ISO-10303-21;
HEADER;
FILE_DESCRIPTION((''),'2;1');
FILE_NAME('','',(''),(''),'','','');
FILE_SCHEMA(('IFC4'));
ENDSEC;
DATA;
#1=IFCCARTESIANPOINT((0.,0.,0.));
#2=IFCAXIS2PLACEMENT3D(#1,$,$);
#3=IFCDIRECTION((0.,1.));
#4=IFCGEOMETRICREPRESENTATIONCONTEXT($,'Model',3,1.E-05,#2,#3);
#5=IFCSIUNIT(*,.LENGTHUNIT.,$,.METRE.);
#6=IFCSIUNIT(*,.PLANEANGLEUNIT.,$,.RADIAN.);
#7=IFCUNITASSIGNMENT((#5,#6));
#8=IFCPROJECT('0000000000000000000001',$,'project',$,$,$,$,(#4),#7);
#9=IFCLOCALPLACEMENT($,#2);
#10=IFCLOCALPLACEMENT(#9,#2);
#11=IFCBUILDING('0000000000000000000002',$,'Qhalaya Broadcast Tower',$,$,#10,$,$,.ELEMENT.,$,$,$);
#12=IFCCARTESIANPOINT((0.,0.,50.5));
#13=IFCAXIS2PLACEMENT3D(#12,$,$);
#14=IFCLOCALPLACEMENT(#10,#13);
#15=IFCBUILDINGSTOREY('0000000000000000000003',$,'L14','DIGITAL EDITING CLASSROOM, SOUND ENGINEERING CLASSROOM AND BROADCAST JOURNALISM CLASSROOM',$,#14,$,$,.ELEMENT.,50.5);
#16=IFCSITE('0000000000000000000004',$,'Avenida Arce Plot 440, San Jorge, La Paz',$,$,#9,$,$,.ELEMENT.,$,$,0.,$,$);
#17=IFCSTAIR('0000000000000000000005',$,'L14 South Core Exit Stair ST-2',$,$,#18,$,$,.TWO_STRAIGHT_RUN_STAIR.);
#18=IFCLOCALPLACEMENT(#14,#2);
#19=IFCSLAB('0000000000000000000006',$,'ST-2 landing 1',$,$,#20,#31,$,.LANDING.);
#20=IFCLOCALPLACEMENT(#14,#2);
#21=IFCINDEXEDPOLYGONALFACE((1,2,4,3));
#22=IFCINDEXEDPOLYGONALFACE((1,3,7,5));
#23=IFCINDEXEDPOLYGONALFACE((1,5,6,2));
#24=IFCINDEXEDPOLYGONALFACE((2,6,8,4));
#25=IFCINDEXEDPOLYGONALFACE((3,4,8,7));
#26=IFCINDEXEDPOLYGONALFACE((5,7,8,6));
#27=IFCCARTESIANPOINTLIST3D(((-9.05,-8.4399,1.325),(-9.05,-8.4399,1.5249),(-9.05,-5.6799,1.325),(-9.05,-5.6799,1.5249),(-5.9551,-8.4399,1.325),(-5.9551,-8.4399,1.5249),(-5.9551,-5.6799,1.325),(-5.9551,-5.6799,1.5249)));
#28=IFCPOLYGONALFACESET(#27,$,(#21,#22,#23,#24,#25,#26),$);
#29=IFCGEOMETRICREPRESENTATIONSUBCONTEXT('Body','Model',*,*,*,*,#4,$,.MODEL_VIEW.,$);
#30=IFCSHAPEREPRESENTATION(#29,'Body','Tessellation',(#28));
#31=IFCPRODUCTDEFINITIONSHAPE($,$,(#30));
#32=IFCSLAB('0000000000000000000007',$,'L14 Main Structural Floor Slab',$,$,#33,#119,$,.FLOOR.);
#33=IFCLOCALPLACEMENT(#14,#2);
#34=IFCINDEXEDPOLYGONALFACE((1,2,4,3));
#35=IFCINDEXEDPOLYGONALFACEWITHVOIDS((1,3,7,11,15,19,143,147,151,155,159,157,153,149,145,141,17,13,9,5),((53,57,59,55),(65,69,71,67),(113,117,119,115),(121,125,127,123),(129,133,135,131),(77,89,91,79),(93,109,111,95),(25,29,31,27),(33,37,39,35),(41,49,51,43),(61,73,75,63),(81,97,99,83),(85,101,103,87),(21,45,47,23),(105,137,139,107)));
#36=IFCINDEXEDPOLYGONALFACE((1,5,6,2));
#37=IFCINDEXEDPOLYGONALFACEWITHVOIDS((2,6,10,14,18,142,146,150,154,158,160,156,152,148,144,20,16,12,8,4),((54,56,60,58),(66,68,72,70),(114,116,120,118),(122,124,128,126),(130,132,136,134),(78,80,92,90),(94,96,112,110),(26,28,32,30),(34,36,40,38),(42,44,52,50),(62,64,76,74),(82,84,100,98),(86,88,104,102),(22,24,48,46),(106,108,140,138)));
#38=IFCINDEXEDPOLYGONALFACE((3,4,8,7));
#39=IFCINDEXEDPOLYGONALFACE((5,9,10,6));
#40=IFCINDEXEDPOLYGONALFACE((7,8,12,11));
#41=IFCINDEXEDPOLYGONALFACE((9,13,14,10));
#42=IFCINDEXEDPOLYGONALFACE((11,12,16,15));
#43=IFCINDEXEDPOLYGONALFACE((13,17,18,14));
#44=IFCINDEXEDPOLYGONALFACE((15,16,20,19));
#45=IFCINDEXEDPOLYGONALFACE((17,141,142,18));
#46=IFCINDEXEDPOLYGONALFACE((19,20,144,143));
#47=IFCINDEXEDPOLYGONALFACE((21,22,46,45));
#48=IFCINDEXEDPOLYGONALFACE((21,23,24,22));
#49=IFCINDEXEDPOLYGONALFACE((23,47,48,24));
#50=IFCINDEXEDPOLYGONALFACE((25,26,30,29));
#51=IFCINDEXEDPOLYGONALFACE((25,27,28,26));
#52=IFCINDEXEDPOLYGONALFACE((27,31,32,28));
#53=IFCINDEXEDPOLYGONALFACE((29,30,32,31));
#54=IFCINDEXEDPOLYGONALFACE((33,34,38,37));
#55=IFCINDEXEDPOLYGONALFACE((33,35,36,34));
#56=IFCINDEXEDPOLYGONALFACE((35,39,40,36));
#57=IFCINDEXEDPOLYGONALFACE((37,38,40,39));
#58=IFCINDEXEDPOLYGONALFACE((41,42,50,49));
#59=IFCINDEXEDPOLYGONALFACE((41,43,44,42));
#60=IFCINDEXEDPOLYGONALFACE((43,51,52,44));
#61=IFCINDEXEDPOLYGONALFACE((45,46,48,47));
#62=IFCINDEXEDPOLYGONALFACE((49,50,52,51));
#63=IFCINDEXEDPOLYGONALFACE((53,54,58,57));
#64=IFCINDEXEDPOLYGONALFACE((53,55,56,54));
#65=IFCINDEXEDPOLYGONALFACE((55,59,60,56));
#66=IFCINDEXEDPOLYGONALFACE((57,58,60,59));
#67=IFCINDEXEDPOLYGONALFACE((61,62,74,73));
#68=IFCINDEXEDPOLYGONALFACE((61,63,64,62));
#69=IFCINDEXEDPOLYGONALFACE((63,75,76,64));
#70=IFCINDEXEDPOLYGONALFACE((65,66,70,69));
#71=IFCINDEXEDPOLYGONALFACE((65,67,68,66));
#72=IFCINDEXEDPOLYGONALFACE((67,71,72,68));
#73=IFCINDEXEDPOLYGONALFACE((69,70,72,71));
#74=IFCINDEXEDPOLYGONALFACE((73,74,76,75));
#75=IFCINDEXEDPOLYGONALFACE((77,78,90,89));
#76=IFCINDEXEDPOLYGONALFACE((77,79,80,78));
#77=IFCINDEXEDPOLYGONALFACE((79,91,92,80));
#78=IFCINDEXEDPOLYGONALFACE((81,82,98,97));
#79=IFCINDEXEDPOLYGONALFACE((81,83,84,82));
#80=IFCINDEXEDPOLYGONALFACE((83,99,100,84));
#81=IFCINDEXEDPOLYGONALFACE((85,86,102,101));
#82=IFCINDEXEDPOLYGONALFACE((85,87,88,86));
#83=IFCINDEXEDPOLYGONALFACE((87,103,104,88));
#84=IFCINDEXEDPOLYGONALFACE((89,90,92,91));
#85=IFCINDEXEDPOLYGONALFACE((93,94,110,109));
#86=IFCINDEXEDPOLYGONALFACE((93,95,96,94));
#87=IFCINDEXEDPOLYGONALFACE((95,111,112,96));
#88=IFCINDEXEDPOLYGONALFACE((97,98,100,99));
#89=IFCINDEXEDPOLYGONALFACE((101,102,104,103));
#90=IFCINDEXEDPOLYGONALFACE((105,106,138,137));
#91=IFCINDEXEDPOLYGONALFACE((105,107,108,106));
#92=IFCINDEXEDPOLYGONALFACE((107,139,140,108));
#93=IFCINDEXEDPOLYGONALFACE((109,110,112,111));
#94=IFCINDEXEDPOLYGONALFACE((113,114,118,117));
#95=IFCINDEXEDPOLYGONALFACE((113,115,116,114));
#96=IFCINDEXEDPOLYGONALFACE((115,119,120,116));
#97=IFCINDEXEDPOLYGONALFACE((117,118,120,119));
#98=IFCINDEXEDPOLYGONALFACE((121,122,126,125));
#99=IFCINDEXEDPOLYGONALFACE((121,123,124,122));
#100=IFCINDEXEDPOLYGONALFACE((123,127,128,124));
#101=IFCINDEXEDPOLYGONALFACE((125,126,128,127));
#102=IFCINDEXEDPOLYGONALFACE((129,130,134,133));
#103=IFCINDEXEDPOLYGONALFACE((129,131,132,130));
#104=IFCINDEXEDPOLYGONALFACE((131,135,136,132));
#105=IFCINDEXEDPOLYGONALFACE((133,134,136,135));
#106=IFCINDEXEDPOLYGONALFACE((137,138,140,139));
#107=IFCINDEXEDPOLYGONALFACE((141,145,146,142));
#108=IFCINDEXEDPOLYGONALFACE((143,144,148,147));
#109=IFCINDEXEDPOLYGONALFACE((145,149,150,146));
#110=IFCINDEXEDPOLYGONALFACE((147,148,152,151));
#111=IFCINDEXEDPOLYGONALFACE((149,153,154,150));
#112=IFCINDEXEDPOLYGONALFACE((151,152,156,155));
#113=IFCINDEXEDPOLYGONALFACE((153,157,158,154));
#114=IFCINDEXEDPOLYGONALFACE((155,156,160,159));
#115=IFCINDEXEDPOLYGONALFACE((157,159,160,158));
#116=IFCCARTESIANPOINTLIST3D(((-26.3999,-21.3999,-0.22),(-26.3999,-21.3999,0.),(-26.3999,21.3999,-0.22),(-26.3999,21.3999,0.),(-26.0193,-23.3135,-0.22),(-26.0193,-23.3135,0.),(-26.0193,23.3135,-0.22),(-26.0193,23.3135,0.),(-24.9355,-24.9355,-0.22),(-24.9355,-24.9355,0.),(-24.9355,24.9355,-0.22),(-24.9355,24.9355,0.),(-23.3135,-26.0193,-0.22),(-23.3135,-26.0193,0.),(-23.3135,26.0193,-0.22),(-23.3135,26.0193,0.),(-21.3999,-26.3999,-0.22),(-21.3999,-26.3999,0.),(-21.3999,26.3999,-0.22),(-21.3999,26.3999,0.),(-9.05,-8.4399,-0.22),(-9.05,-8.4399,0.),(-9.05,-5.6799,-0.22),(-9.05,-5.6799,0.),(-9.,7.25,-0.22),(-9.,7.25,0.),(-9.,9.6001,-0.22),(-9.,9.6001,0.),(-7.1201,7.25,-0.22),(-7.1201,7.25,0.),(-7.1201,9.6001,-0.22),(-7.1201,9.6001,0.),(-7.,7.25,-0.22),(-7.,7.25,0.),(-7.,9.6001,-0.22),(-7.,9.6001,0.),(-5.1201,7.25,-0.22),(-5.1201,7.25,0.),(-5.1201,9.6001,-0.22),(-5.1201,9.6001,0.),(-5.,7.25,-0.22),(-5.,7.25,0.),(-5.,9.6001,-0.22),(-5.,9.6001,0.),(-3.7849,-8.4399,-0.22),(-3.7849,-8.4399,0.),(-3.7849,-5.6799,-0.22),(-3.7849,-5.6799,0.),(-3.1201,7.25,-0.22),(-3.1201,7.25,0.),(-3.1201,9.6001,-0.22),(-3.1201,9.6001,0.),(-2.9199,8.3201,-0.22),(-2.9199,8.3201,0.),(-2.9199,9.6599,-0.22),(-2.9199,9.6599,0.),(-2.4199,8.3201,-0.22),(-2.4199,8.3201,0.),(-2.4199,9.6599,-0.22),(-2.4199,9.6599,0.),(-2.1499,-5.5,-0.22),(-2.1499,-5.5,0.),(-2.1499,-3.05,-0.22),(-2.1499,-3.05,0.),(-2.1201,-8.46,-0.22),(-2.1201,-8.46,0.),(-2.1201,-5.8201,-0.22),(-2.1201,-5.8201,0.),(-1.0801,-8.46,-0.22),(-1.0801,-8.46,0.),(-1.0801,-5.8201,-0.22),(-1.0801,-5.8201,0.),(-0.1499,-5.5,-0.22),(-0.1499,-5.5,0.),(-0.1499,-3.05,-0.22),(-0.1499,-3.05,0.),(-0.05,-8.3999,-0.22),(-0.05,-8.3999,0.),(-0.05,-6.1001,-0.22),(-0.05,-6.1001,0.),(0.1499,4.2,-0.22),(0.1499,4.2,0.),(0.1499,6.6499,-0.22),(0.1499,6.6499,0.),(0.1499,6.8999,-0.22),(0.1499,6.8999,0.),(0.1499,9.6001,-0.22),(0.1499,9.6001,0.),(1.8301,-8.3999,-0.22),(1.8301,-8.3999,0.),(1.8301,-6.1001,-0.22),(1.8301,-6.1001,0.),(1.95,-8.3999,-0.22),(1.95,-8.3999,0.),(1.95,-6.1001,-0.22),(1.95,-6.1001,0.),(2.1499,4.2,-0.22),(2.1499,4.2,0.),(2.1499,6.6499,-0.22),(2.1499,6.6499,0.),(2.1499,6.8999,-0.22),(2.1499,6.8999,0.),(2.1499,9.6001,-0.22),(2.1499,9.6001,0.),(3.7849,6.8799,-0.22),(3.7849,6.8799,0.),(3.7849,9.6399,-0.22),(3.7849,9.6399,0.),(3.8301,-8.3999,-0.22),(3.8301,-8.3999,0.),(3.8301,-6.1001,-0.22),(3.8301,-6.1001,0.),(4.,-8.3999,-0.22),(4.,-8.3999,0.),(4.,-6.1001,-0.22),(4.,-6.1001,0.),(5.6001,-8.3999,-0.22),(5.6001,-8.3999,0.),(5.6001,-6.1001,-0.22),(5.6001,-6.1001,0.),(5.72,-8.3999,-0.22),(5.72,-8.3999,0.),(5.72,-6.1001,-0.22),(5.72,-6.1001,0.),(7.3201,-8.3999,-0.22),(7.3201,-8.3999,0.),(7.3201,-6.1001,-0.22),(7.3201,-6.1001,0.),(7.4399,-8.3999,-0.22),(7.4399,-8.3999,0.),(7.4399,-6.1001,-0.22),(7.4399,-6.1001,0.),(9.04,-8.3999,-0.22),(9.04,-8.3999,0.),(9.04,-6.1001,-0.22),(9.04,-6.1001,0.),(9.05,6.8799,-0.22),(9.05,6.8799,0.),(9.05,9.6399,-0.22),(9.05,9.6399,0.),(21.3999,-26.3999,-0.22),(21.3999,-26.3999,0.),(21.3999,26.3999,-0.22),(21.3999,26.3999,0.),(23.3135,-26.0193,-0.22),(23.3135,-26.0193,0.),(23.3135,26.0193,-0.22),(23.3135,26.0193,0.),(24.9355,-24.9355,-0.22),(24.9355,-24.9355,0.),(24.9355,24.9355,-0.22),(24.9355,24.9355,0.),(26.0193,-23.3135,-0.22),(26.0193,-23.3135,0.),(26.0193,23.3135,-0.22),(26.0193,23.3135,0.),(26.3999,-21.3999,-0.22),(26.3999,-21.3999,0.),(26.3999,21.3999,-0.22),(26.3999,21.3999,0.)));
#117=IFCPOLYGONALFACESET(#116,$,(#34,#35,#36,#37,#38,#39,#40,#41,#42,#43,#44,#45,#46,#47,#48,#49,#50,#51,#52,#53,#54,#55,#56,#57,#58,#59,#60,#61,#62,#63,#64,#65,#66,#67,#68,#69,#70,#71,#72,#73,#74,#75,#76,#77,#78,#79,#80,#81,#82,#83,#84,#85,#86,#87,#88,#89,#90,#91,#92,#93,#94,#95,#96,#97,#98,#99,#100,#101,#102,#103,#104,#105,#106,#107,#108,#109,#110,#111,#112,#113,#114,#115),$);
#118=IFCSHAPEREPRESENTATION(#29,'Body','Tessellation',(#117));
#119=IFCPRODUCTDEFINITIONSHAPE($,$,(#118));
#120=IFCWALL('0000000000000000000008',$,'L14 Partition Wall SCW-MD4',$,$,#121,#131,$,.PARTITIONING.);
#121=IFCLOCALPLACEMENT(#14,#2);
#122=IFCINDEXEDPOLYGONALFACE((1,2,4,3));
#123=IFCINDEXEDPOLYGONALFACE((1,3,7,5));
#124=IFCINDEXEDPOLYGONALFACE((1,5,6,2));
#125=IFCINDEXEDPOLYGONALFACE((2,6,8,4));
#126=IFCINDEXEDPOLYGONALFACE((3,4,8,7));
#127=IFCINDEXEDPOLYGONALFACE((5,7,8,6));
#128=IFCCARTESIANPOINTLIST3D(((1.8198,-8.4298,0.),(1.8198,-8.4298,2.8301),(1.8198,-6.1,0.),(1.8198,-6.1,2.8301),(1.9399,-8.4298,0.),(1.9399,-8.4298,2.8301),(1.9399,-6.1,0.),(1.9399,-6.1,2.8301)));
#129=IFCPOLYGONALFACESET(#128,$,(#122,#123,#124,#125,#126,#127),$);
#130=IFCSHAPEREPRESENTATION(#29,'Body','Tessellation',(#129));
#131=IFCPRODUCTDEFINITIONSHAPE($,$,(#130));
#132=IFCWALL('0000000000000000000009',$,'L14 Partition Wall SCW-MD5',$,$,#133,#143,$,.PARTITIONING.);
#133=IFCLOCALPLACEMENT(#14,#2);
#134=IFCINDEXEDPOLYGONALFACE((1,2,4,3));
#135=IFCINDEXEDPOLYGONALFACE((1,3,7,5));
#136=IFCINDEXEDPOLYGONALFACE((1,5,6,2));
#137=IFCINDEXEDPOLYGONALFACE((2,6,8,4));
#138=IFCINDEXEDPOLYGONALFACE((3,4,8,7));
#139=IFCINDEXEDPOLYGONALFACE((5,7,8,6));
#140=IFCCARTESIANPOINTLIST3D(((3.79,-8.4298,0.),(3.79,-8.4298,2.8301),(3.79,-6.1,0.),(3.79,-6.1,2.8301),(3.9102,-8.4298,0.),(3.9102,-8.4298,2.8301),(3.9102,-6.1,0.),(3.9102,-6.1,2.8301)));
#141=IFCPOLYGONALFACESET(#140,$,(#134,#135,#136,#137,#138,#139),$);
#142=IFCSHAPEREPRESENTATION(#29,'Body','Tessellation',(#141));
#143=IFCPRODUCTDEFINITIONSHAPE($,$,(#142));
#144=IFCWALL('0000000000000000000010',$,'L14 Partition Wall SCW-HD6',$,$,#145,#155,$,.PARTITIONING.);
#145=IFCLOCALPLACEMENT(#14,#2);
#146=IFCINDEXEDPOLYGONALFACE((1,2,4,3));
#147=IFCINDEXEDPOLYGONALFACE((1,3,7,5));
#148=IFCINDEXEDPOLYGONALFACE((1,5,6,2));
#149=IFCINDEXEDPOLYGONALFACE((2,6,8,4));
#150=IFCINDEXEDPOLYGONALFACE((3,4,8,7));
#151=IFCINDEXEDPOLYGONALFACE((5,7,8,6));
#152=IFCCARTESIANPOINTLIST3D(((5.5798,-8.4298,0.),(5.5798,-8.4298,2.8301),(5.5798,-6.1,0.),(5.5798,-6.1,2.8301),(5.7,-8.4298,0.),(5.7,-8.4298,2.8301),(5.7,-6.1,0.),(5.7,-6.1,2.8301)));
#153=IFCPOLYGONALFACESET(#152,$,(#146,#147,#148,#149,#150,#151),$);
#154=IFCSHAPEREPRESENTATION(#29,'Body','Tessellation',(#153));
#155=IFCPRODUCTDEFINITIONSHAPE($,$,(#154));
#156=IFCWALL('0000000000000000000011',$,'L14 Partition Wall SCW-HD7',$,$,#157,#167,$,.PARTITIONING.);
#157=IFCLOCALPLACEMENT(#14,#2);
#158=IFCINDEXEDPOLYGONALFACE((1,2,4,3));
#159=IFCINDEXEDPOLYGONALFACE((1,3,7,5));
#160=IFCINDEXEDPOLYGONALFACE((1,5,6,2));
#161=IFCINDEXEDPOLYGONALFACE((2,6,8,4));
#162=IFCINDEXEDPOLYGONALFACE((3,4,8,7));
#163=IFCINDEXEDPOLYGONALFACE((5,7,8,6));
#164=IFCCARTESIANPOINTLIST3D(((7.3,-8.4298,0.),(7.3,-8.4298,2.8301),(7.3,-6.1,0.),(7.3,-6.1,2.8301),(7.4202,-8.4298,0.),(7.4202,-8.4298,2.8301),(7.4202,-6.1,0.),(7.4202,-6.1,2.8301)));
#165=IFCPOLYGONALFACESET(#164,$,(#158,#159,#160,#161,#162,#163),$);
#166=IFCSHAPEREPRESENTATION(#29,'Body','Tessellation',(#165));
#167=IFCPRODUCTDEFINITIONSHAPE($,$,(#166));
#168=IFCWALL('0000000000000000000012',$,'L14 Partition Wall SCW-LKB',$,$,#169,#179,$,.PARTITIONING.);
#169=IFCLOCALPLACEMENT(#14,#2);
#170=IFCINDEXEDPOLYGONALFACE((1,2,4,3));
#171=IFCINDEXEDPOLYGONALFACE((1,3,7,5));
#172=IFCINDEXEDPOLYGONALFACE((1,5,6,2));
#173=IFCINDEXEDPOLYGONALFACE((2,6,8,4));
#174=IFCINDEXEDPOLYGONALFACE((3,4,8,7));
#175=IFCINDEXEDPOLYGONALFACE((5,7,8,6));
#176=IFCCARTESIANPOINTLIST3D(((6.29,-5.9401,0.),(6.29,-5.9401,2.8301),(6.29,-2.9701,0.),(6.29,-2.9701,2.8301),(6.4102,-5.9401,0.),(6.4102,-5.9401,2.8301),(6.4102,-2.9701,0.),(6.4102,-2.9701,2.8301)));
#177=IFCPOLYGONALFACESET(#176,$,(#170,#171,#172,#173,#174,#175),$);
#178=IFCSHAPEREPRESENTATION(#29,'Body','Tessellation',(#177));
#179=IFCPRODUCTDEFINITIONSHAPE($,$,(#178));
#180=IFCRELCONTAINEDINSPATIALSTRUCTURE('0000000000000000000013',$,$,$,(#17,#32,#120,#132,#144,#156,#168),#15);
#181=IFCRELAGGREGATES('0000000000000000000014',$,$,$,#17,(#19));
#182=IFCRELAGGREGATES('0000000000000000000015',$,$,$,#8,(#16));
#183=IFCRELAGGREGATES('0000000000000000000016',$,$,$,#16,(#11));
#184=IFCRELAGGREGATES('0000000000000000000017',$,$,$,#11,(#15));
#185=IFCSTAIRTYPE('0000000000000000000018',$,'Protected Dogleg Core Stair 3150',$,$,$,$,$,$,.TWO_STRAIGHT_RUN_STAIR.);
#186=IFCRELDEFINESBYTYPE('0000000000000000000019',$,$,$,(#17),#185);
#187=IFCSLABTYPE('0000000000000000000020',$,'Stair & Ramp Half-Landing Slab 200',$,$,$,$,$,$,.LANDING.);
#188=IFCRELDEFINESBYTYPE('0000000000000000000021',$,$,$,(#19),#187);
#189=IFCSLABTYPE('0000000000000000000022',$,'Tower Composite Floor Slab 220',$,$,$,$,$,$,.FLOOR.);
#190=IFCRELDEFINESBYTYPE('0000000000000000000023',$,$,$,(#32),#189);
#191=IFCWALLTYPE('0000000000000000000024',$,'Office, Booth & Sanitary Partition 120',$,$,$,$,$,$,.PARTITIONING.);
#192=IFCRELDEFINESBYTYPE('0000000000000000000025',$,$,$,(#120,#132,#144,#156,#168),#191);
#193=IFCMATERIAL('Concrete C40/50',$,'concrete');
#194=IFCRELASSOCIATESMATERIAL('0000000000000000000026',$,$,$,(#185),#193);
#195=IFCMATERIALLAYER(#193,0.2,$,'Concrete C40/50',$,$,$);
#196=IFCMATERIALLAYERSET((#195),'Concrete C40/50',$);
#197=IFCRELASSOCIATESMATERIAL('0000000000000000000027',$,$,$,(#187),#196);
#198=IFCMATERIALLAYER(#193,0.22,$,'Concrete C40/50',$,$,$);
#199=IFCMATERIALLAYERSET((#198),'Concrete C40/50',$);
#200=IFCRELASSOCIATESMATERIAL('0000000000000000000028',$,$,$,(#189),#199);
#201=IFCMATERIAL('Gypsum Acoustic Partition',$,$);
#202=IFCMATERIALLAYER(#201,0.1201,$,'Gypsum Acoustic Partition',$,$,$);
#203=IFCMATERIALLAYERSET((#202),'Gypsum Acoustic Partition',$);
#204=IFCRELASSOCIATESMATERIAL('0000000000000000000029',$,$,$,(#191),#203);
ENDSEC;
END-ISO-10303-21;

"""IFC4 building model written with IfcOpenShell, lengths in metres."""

from ifc_helpers import new_model, si_unit, direction, frame, frame_2d, origin, place, context, subcontext, project, spatial, polyline, rectangle, outline, extrude, material, layer, layer_set, type_object, element, aggregate, save


model = new_model("IFC4")

# Units and contexts
model_context = context("Model", 3, precision=1e-05, world=origin(), true_north=direction((0.0, 1.0)))
body_context = subcontext(model_context, "Body", "Model", "MODEL_VIEW")
ifc_project = project(units=[si_unit("LENGTHUNIT", "METRE"), si_unit("PLANEANGLEUNIT", "RADIAN")], contexts=[model_context])

# Site, building, storey
site_placement = place(None, origin())
site = spatial("IfcSite", under=ifc_project, at=site_placement, Name="Avenida Arce Plot 440, San Jorge, La Paz", CompositionType="ELEMENT", RefElevation=0.0)
building_placement = place(site_placement, origin())
building = spatial("IfcBuilding", under=site, at=building_placement, Name="Qhalaya Broadcast Tower", CompositionType="ELEMENT")
storey_placement = place(building_placement, frame((0.0, 0.0, 50.5)))
storey = spatial("IfcBuildingStorey", under=building, at=storey_placement, Name="L14", Description="DIGITAL EDITING CLASSROOM, SOUND ENGINEERING CLASSROOM AND BROADCAST JOURNALISM CLASSROOM", CompositionType="ELEMENT", Elevation=50.5)

# Stair, slab
ifc_material_1 = material(Name="Concrete C40/50", Category="concrete")
stair_type = type_object("IfcStairType", Name="Protected Dogleg Core Stair 3150", PredefinedType="TWO_STRAIGHT_RUN_STAIR", material=ifc_material_1)
ifc_layer_1 = layer(ifc_material_1, 0.2, Name="Concrete C40/50")
ifc_layer_set_1 = layer_set([ifc_layer_1], Name="Concrete C40/50")
slab_type_1 = type_object("IfcSlabType", Name="Stair & Ramp Half-Landing Slab 200", PredefinedType="LANDING", material=ifc_layer_set_1)
stair_1_placement = place(storey_placement, origin())
stair_1 = element("IfcStair", 1, at=stair_1_placement, inside=storey, type_object=stair_type, Name="L14 South Core Exit Stair ST-2", PredefinedType="TWO_STRAIGHT_RUN_STAIR")
slab_1_placement = place(storey_placement, frame((0.0, 0.0, 1.325)))
slab_1 = element("IfcSlab", 2, at=slab_1_placement, type_object=slab_type_1, Name="ST-2 landing 1", PredefinedType="LANDING", context=body_context, shape_type="SweptSolid", body=[
    extrude(outline(polyline([(-5.9551, -5.6799), (-9.05, -5.6799), (-9.05, -8.4399), (-5.9551, -8.4399), (-5.9551, -5.6799)])), origin(), (0.0, 0.0, 1.0), 0.2),
])
aggregate(stair_1, [slab_1])

# Slab
ifc_layer_2 = layer(ifc_material_1, 0.22, Name="Concrete C40/50")
ifc_layer_set_2 = layer_set([ifc_layer_2], Name="Concrete C40/50")
slab_type_2 = type_object("IfcSlabType", Name="Tower Composite Floor Slab 220", PredefinedType="FLOOR", material=ifc_layer_set_2)
slab_2_placement = place(storey_placement, frame((0.0, 0.0, -0.22)))
element("IfcSlab", 3, at=slab_2_placement, inside=storey, type_object=slab_type_2, Name="L14 Main Structural Floor Slab", PredefinedType="FLOOR", context=body_context, shape_type="SweptSolid", body=[
    extrude(outline(polyline([(21.3999, -26.3999), (23.3135, -26.0193), (24.9355, -24.9355), (26.0193, -23.3135), (26.3999, -21.3999), (26.3999, 21.3999), (26.0193, 23.3135), (24.9355, 24.9355), (23.3135, 26.0193), (21.3999, 26.3999), (-21.3999, 26.3999), (-23.3135, 26.0193), (-24.9355, 24.9355), (-26.0193, 23.3135), (-26.3999, 21.3999), (-26.3999, -21.3999), (-26.0193, -23.3135), (-24.9355, -24.9355), (-23.3135, -26.0193), (-21.3999, -26.3999), (21.3999, -26.3999)]), holes=[polyline([(3.7849, 9.6399), (9.05, 9.6399), (9.05, 6.8799), (3.7849, 6.8799), (3.7849, 9.6399)]), polyline([(-3.7849, -8.4399), (-9.05, -8.4399), (-9.05, -5.6799), (-3.7849, -5.6799), (-3.7849, -8.4399)]), polyline([(0.1499, 6.6499), (2.1499, 6.6499), (2.1499, 4.2), (0.1499, 4.2), (0.1499, 6.6499)]), polyline([(0.1499, 9.6001), (2.1499, 9.6001), (2.1499, 6.8999), (0.1499, 6.8999), (0.1499, 9.6001)]), polyline([(-2.1499, -3.05), (-0.1499, -3.05), (-0.1499, -5.5), (-2.1499, -5.5), (-2.1499, -3.05)]), polyline([(-9.0, 9.6001), (-7.1201, 9.6001), (-7.1201, 7.25), (-9.0, 7.25), (-9.0, 9.6001)]), polyline([(-7.0, 9.6001), (-5.1201, 9.6001), (-5.1201, 7.25), (-7.0, 7.25), (-7.0, 9.6001)]), polyline([(-5.0, 9.6001), (-3.1201, 9.6001), (-3.1201, 7.25), (-5.0, 7.25), (-5.0, 9.6001)]), polyline([(-0.05, -6.1001), (1.8301, -6.1001), (1.8301, -8.3999), (-0.05, -8.3999), (-0.05, -6.1001)]), polyline([(1.95, -6.1001), (3.8301, -6.1001), (3.8301, -8.3999), (1.95, -8.3999), (1.95, -6.1001)]), polyline([(4.0, -6.1001), (5.6001, -6.1001), (5.6001, -8.3999), (4.0, -8.3999), (4.0, -6.1001)]), polyline([(5.72, -6.1001), (7.3201, -6.1001), (7.3201, -8.3999), (5.72, -8.3999), (5.72, -6.1001)]), polyline([(7.4399, -6.1001), (9.04, -6.1001), (9.04, -8.3999), (7.4399, -8.3999), (7.4399, -6.1001)]), polyline([(-2.9199, 9.6599), (-2.4199, 9.6599), (-2.4199, 8.3201), (-2.9199, 8.3201), (-2.9199, 9.6599)]), polyline([(-2.1201, -5.8201), (-1.0801, -5.8201), (-1.0801, -8.46), (-2.1201, -8.46), (-2.1201, -5.8201)])]), origin(), (0.0, 0.0, 1.0), 0.22),
])

# Walls
ifc_material_2 = material(Name="Gypsum Acoustic Partition")
ifc_layer_3 = layer(ifc_material_2, 0.1201, Name="Gypsum Acoustic Partition")
ifc_layer_set_3 = layer_set([ifc_layer_3], Name="Gypsum Acoustic Partition")
wall_type_1 = type_object("IfcWallType", Name="Office, Booth & Sanitary Partition 120", PredefinedType="PARTITIONING", material=ifc_layer_set_3)
for number, where, z_axis, x_axis, name in (
    (4, (1.8799, -8.4299, 0.0), (0.0, 0.0, 1.0), (0.0, 1.0, 0.0), "L14 Partition Wall SCW-MD4"),
    (5, (3.8501, -8.4299, 0.0), (0.0, 0.0, 1.0), (0.0, 1.0, 0.0), "L14 Partition Wall SCW-MD5"),
    (6, (5.6399, -8.4299, 0.0), (0.0, 0.0, 1.0), (0.0, 1.0, 0.0), "L14 Partition Wall SCW-HD6"),
    (7, (7.3601, -8.4299, 0.0), (0.0, 0.0, 1.0), (0.0, 1.0, 0.0), "L14 Partition Wall SCW-HD7"),
):
    element("IfcWall", number, at=place(storey_placement, frame(where, z_axis=z_axis, x_axis=x_axis)), inside=storey, type_object=wall_type_1, Name=name, PredefinedType="PARTITIONING", context=body_context, shape_type="SweptSolid", body=[
        extrude(rectangle(XDim=2.3298, YDim=0.1201, at=frame_2d((1.165, 0.0))), origin(), (0.0, 0.0, 1.0), 2.8301),
    ])
wall_1_placement = place(storey_placement, frame((6.3501, -5.9399, 0.0), z_axis=(0.0, 0.0, 1.0), x_axis=(0.0, 1.0, 0.0)))
element("IfcWall", 8, at=wall_1_placement, inside=storey, type_object=wall_type_1, Name="L14 Partition Wall SCW-LKB", PredefinedType="PARTITIONING", context=body_context, shape_type="SweptSolid", body=[
    extrude(rectangle(XDim=2.97, YDim=0.1201, at=frame_2d((1.4849, 0.0))), origin(), (0.0, 0.0, 1.0), 2.8301),
])

save(model, "model.ifc")
